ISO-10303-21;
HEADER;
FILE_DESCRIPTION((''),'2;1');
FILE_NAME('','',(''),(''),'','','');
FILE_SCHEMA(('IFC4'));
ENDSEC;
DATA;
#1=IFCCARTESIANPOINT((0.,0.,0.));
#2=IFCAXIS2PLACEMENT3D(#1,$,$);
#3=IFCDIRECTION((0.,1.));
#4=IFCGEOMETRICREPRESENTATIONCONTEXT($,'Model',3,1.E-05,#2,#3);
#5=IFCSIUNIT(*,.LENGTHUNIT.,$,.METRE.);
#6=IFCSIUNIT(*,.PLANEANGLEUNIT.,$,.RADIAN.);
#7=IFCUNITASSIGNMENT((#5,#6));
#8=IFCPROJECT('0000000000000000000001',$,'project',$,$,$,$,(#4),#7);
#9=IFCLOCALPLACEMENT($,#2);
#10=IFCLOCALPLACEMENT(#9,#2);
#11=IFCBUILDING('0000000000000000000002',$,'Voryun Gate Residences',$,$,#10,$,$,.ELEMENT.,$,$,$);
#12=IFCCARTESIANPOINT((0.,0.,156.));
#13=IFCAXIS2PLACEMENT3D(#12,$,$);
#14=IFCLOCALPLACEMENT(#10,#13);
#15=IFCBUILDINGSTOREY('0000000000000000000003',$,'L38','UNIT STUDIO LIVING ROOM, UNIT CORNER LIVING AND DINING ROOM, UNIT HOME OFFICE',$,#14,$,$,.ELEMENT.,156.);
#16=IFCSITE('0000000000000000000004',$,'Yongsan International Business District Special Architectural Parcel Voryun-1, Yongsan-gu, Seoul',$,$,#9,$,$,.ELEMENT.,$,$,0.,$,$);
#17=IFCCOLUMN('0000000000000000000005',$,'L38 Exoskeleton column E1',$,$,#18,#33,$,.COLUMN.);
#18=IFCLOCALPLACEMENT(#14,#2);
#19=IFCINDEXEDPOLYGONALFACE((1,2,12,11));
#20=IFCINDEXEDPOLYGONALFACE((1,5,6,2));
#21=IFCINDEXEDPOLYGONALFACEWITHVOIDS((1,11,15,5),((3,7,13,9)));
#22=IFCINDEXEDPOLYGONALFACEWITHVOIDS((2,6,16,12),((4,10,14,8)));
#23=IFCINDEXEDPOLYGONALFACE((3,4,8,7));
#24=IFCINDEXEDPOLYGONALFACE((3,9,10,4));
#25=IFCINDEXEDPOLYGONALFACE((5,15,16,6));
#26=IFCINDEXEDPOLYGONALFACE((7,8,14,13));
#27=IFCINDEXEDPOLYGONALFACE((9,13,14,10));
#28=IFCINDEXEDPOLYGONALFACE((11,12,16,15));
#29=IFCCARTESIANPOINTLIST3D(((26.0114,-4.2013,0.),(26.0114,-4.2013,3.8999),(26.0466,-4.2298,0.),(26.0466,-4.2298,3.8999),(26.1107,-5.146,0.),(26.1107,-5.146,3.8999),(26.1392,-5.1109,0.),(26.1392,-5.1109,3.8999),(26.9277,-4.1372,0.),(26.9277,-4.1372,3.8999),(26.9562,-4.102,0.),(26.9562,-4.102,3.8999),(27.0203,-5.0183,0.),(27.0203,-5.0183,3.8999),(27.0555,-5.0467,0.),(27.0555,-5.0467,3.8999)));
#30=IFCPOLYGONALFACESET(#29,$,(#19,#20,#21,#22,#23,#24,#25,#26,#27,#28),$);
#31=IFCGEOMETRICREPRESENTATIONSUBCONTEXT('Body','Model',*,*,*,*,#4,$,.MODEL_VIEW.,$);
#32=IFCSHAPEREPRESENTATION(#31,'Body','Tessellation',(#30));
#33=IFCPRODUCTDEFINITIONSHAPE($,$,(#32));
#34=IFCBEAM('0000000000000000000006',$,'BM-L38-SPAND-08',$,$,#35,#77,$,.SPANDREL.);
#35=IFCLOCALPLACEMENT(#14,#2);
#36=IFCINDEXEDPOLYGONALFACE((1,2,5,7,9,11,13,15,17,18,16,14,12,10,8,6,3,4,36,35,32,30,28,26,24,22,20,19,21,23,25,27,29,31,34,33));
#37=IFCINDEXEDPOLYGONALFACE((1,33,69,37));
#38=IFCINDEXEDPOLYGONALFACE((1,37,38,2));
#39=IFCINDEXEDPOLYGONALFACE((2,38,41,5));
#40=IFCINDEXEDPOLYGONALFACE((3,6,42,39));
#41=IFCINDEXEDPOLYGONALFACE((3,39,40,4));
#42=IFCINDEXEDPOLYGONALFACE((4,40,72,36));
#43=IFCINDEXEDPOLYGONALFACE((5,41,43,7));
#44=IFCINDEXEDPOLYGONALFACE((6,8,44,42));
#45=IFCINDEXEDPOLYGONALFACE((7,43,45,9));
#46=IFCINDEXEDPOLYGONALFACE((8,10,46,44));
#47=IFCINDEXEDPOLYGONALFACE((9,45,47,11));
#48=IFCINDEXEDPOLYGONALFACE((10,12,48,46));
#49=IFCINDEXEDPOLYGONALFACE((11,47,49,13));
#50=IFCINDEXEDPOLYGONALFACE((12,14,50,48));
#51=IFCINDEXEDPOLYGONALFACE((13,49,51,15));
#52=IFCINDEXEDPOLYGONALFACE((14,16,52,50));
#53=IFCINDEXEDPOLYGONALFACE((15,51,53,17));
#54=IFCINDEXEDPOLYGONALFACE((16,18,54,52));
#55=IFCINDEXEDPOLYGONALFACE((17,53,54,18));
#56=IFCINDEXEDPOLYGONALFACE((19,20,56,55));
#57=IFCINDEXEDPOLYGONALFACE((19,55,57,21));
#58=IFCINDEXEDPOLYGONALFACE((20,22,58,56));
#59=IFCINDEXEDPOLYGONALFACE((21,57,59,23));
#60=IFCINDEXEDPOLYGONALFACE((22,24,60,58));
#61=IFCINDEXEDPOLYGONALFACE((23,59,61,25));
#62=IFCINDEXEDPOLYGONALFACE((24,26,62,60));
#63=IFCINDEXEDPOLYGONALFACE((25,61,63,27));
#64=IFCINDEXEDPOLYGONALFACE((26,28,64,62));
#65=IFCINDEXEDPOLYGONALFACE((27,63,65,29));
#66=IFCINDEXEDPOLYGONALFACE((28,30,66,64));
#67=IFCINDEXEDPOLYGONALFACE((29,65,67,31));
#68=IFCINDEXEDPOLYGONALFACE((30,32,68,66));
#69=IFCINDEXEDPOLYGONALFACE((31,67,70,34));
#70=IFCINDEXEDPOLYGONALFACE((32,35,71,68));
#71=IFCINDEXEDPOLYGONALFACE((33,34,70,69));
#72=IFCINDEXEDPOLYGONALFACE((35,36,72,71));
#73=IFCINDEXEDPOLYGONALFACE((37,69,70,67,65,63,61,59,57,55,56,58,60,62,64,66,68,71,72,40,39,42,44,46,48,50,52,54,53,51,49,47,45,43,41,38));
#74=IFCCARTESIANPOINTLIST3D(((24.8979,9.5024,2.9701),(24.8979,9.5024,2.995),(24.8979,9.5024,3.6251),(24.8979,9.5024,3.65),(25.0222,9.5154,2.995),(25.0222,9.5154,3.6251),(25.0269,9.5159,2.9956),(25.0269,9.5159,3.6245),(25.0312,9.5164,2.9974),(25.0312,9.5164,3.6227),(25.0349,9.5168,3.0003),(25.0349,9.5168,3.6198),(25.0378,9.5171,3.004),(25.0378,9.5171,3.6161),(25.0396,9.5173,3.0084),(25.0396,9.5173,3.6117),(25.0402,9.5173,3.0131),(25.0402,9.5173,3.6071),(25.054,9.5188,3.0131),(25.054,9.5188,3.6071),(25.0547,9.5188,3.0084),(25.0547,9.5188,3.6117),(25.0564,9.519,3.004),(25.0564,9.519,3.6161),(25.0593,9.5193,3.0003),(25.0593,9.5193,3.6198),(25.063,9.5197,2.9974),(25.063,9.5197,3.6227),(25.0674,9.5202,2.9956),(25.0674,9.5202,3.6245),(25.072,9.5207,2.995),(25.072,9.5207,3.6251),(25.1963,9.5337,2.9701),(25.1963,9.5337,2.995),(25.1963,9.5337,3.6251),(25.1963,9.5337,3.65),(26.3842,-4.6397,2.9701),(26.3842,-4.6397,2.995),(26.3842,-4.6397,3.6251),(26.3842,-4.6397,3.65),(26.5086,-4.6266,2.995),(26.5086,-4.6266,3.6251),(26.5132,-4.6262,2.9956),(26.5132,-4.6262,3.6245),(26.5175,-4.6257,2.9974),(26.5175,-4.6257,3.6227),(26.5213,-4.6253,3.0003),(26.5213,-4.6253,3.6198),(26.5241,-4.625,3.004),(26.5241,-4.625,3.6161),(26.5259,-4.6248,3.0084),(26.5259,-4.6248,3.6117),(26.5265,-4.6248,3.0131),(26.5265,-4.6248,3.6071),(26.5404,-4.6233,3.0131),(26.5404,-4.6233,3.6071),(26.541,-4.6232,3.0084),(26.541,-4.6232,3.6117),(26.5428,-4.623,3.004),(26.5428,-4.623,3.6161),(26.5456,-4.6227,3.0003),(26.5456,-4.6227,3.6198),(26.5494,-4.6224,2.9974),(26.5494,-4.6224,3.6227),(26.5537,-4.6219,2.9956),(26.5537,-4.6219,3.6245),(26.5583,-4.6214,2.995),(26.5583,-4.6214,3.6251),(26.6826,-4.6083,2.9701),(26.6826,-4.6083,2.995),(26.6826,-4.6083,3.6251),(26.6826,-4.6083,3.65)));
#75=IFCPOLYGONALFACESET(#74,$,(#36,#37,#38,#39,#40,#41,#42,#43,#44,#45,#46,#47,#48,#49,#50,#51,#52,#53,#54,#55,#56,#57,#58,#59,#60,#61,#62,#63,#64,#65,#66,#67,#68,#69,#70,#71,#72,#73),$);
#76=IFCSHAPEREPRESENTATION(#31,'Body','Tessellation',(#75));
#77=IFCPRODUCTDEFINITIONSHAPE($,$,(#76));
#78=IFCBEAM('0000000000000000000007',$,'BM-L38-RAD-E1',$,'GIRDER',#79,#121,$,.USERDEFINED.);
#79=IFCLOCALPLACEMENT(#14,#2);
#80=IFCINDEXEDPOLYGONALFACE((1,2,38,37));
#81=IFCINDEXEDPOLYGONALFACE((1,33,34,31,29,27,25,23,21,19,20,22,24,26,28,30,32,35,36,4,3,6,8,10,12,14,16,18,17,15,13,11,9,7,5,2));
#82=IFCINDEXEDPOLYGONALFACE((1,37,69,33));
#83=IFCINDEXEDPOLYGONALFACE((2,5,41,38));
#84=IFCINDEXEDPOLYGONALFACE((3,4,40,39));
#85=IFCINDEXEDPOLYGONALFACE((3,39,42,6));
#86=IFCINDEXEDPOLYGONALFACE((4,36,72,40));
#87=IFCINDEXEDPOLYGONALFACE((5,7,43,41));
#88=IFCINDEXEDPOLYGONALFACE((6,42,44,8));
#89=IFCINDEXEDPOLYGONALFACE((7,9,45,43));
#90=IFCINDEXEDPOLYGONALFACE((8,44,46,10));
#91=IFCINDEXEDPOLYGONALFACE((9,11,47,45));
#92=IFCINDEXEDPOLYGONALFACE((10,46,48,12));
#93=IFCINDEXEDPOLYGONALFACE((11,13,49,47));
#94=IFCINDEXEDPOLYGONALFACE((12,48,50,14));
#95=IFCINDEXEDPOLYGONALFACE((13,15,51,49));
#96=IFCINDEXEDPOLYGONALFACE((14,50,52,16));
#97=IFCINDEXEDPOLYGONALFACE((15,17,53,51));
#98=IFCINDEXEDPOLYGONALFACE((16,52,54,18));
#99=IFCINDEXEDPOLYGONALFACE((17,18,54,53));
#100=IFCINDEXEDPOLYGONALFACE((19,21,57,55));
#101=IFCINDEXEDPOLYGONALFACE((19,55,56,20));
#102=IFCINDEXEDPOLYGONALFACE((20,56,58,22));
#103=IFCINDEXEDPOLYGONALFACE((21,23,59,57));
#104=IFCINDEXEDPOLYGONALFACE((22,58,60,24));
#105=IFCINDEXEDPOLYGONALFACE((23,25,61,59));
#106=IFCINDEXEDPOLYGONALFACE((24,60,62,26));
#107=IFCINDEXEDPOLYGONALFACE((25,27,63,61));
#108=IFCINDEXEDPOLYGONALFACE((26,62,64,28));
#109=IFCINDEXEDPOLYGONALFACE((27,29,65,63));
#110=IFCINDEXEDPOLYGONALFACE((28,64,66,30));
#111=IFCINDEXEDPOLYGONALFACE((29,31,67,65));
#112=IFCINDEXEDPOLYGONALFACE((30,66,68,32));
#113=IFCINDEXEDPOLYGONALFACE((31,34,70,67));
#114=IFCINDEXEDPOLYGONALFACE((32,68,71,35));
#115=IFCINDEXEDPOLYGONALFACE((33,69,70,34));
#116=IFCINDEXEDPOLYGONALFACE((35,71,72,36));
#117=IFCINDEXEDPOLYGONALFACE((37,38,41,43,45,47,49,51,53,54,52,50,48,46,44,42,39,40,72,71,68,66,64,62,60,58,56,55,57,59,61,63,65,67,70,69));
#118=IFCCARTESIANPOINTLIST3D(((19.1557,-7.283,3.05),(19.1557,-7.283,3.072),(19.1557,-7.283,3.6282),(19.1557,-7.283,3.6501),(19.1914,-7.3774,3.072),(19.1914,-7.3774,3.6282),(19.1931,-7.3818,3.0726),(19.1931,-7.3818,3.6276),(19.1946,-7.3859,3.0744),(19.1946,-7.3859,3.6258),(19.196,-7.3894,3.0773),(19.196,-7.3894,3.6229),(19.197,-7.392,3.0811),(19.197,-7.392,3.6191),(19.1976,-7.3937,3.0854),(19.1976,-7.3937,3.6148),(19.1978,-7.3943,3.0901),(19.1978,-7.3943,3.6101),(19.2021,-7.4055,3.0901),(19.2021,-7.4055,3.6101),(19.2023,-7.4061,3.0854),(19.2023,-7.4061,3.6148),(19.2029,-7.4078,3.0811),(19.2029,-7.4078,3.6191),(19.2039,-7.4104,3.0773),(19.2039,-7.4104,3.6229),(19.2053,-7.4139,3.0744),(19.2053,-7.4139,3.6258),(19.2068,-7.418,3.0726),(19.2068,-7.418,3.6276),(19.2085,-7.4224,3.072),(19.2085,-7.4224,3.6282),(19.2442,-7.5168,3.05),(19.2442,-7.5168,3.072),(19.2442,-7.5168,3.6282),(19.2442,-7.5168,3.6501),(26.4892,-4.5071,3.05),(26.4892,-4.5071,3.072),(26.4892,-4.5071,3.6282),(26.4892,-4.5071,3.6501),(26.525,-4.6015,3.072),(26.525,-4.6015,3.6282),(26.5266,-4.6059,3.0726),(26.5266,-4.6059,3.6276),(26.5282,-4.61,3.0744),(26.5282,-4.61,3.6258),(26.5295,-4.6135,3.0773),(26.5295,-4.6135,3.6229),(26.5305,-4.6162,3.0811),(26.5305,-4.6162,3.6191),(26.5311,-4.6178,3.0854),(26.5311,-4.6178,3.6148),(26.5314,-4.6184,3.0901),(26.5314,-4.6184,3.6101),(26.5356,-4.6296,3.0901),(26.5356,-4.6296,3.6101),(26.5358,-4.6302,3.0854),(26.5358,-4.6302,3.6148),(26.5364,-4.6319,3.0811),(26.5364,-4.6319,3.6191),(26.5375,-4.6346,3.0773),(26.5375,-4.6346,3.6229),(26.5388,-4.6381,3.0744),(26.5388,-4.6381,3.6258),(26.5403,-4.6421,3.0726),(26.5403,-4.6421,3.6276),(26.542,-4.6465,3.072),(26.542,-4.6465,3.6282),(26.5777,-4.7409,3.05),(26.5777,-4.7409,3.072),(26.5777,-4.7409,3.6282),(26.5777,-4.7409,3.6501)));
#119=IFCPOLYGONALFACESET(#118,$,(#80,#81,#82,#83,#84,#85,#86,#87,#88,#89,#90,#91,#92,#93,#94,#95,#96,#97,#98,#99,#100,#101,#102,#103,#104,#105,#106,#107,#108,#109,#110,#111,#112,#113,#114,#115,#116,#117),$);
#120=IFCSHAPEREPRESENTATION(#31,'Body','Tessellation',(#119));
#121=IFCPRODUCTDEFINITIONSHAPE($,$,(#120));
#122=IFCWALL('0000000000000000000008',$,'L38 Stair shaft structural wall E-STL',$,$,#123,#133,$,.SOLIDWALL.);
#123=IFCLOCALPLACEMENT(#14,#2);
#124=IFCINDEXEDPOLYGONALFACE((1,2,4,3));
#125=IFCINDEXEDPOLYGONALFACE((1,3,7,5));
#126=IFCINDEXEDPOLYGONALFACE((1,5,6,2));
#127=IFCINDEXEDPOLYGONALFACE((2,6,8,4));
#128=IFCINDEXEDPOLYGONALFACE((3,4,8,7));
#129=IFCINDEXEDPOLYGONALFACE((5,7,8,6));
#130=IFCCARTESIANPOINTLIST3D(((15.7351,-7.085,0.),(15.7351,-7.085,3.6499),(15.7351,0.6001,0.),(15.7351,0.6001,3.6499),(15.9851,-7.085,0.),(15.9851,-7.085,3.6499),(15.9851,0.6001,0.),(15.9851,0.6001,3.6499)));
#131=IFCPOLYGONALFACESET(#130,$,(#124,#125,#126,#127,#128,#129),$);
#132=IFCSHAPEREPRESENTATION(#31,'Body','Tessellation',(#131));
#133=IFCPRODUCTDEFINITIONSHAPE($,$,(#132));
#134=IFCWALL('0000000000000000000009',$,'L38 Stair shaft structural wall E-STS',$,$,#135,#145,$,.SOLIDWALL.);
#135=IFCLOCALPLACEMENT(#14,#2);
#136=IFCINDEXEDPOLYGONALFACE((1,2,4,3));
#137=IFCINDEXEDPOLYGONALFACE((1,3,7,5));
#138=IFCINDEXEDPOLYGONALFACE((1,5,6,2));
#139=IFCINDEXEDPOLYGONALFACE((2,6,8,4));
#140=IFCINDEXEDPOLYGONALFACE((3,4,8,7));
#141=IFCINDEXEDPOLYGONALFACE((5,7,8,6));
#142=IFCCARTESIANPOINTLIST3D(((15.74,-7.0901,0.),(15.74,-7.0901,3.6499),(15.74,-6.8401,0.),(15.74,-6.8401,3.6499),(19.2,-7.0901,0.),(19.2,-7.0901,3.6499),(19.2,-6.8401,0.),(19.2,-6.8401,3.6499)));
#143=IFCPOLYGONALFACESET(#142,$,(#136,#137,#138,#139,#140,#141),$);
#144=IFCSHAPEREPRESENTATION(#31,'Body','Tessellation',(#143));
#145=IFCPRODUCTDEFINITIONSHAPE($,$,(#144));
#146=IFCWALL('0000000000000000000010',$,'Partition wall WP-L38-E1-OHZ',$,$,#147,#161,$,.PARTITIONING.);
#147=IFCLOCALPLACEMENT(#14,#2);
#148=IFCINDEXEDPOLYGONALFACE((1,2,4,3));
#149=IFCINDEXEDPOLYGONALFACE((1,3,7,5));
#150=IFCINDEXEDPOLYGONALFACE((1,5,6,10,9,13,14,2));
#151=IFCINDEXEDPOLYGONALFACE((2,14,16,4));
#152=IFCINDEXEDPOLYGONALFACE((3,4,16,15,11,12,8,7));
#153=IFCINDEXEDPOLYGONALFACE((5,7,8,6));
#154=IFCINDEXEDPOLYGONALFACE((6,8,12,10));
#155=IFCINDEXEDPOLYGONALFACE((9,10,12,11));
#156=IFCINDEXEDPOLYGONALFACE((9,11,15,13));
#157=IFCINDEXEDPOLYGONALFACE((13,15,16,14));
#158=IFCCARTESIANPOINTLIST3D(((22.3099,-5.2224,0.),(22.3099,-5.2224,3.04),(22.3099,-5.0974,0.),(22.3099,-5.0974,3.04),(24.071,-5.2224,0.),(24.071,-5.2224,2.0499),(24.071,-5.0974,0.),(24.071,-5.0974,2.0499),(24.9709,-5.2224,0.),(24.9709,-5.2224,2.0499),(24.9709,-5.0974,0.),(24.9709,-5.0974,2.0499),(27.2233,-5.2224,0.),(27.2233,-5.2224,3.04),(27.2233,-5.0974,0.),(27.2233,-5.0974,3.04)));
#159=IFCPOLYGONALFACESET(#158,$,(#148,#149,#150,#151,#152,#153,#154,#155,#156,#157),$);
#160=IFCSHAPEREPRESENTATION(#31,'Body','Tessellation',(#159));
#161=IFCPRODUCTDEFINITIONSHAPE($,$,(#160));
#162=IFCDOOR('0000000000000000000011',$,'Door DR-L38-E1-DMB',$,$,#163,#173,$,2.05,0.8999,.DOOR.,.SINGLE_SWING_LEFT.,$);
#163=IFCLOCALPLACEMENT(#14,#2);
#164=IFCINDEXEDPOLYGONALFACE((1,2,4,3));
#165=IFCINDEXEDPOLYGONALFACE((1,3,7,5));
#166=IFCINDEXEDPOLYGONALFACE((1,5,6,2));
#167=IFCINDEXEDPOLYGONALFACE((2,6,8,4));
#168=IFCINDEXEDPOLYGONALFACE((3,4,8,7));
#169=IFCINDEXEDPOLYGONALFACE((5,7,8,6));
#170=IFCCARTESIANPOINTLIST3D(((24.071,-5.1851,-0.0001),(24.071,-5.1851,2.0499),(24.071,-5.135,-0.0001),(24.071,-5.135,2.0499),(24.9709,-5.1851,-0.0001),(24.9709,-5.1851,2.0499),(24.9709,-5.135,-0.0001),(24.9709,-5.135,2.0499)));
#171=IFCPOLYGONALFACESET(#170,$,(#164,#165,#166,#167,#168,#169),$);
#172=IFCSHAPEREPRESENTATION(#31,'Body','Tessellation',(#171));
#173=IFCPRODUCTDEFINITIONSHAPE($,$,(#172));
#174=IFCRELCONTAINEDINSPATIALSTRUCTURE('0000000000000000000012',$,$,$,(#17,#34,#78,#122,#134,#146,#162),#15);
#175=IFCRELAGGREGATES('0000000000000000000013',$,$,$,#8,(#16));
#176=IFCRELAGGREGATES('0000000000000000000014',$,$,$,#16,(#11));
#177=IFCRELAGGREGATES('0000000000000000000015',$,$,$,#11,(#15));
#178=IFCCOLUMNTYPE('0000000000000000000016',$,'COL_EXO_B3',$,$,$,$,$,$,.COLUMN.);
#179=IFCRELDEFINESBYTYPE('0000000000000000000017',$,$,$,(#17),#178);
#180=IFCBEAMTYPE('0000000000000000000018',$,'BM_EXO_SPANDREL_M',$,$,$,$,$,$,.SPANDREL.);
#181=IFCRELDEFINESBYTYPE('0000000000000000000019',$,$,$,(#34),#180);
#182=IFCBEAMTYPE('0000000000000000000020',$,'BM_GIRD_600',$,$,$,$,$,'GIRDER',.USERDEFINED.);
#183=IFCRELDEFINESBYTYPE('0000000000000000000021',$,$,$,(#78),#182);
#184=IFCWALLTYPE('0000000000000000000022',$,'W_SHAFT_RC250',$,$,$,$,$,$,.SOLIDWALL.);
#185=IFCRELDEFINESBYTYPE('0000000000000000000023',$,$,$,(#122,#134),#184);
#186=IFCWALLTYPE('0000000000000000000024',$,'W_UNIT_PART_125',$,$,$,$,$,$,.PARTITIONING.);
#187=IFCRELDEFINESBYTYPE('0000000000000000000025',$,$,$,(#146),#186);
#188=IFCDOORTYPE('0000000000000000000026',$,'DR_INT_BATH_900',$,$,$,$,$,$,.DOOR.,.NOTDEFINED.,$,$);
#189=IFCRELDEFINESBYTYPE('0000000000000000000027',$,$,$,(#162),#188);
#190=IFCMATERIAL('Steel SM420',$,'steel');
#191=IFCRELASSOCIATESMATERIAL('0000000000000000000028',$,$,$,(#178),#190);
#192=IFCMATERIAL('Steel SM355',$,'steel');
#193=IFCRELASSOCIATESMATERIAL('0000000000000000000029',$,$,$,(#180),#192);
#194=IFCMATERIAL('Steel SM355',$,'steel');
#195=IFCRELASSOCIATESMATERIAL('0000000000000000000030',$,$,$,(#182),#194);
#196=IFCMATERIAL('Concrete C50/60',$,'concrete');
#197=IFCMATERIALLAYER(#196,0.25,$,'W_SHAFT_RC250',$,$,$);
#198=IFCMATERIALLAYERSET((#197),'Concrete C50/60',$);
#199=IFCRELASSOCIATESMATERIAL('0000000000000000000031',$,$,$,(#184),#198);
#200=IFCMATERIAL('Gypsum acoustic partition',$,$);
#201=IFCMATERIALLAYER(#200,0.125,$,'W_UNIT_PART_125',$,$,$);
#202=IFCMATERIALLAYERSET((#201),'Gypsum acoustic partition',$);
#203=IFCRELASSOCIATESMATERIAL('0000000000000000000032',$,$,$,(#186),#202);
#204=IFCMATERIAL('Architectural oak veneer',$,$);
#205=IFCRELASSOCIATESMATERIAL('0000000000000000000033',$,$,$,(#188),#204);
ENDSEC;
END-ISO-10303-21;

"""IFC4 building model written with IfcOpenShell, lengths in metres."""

from ifc_helpers import new_model, si_unit, direction, frame, frame_2d, origin, origin_2d, place, context, subcontext, project, spatial, rectangle, hollow_rectangle, i_section, extrude, material, layer, layer_set, material_profile, profile_set, type_object, element, fill, save


model = new_model("IFC4")

# Units and contexts
model_context = context("Model", 3, precision=1e-05, world=origin(), true_north=direction((0.0, 1.0)))
body_context = subcontext(model_context, "Body", "Model", "MODEL_VIEW")
ifc_project = project(units=[si_unit("LENGTHUNIT", "METRE"), si_unit("PLANEANGLEUNIT", "RADIAN")], contexts=[model_context])

# Site, building, storey
site_placement = place(None, origin())
site = spatial("IfcSite", under=ifc_project, at=site_placement, Name="Yongsan International Business District Special Architectural Parcel Voryun-1, Yongsan-gu, Seoul", CompositionType="ELEMENT", RefElevation=0.0)
building_placement = place(site_placement, origin())
building = spatial("IfcBuilding", under=site, at=building_placement, Name="Voryun Gate Residences", CompositionType="ELEMENT")
storey_placement = place(building_placement, frame((0.0, 0.0, 156.0)))
storey = spatial("IfcBuildingStorey", under=building, at=storey_placement, Name="L38", Description="UNIT STUDIO LIVING ROOM, UNIT CORNER LIVING AND DINING ROOM, UNIT HOME OFFICE", CompositionType="ELEMENT", Elevation=156.0)

# Column
ifc_material_1 = material(Name="Steel SM420", Category="steel")
ifc_material_profile_1 = material_profile(ifc_material_1, hollow_rectangle(XDim=0.95, YDim=0.95, WallThickness=0.032, at=origin_2d()), Name="BOX-950x950x32")
ifc_profile_set_1 = profile_set([ifc_material_profile_1], Name="Steel SM420")
column_type = type_object("IfcColumnType", Name="COL_EXO_B3", PredefinedType="COLUMN", material=ifc_profile_set_1)
column_placement = place(storey_placement, frame((26.5334, -4.624, 0.0), z_axis=(0.0, 0.0, 1.0), x_axis=(0.994522, 0.104528, 0.0)))
element("IfcColumn", 1, at=column_placement, inside=storey, type_object=column_type, Name="L38 Exoskeleton column E1", PredefinedType="COLUMN", context=body_context, shape_type="SweptSolid", body=[
    extrude(hollow_rectangle(XDim=0.95, YDim=0.95, WallThickness=0.032, at=origin_2d()), origin(), (0.0, 0.0, 1.0), 3.8999),
])

# Beams
ifc_material_2 = material(Name="Steel SM355", Category="steel")
ifc_material_profile_2 = material_profile(ifc_material_2, i_section(OverallWidth=0.3, OverallDepth=0.6799, WebThickness=0.0139, FlangeThickness=0.0249, FilletRadius=0.0181, at=origin_2d()), Name="H-680x300x14x25")
ifc_profile_set_2 = profile_set([ifc_material_profile_2], Name="Steel SM355")
beam_type_1 = type_object("IfcBeamType", Name="BM_EXO_SPANDREL_M", PredefinedType="SPANDREL", material=ifc_profile_set_2)
beam_1_placement = place(storey_placement, frame((26.5334, -4.624, 3.3101), z_axis=(-0.104524, 0.994522, 0.0), x_axis=(-0.994522, -0.104524, 0.0)))
element("IfcBeam", 2, at=beam_1_placement, inside=storey, type_object=beam_type_1, Name="BM-L38-SPAND-08", PredefinedType="SPANDREL", context=body_context, shape_type="SweptSolid", body=[
    extrude(i_section(OverallWidth=0.3, OverallDepth=0.6799, WebThickness=0.0139, FlangeThickness=0.0249, FilletRadius=0.0181, at=origin_2d()), origin(), (0.0, 0.0, 1.0), 14.22),
])
ifc_material_3 = material(Name="Steel SM355", Category="steel")
ifc_material_profile_3 = material_profile(ifc_material_3, i_section(OverallWidth=0.25, OverallDepth=0.6001, WebThickness=0.012, FlangeThickness=0.022, FilletRadius=0.0181, at=origin_2d()), Name="H-600x250x12x22")
ifc_profile_set_3 = profile_set([ifc_material_profile_3], Name="Steel SM355")
beam_type_2 = type_object("IfcBeamType", Name="BM_GIRD_600", ElementType="GIRDER", PredefinedType="USERDEFINED", material=ifc_profile_set_3)
beam_2_placement = place(storey_placement, frame((19.2, -7.3999, 3.3501), z_axis=(0.935242, 0.354008, 0.0), x_axis=(-0.354008, 0.935242, 0.0)))
element("IfcBeam", 3, at=beam_2_placement, inside=storey, type_object=beam_type_2, Name="BM-L38-RAD-E1", ObjectType="GIRDER", PredefinedType="USERDEFINED", context=body_context, shape_type="SweptSolid", body=[
    extrude(i_section(OverallWidth=0.25, OverallDepth=0.6001, WebThickness=0.012, FlangeThickness=0.022, FilletRadius=0.0181, at=origin_2d()), origin(), (0.0, 0.0, 1.0), 7.8413),
])

# Walls
ifc_material_4 = material(Name="Concrete C50/60", Category="concrete")
ifc_layer_1 = layer(ifc_material_4, 0.25, Name="W_SHAFT_RC250")
ifc_layer_set_1 = layer_set([ifc_layer_1], Name="Concrete C50/60")
wall_type_1 = type_object("IfcWallType", Name="W_SHAFT_RC250", PredefinedType="SOLIDWALL", material=ifc_layer_set_1)
wall_1_placement = place(storey_placement, frame((15.8601, -7.085, 0.0), z_axis=(0.0, 0.0, 1.0), x_axis=(0.0, 1.0, 0.0)))
element("IfcWall", 4, at=wall_1_placement, inside=storey, type_object=wall_type_1, Name="L38 Stair shaft structural wall E-STL", PredefinedType="SOLIDWALL", context=body_context, shape_type="SweptSolid", body=[
    extrude(rectangle(XDim=7.6851, YDim=0.25, at=frame_2d((3.8425, 0.0))), origin(), (0.0, 0.0, 1.0), 3.6499),
])
wall_2_placement = place(storey_placement, frame((15.74, -6.9651, 0.0), z_axis=(0.0, 0.0, 1.0), x_axis=(1.0, 0.0, 0.0)))
element("IfcWall", 5, at=wall_2_placement, inside=storey, type_object=wall_type_1, Name="L38 Stair shaft structural wall E-STS", PredefinedType="SOLIDWALL", context=body_context, shape_type="SweptSolid", body=[
    extrude(rectangle(XDim=3.46, YDim=0.25, at=frame_2d((1.73, 0.0))), origin(), (0.0, 0.0, 1.0), 3.6499),
])

# Wall, opening, door
ifc_material_5 = material(Name="Gypsum acoustic partition")
ifc_layer_2 = layer(ifc_material_5, 0.125, Name="W_UNIT_PART_125")
ifc_layer_set_2 = layer_set([ifc_layer_2], Name="Gypsum acoustic partition")
wall_type_2 = type_object("IfcWallType", Name="W_UNIT_PART_125", PredefinedType="PARTITIONING", material=ifc_layer_set_2)
wall_3_placement = place(storey_placement, frame((22.3101, -5.1599, 0.0), z_axis=(0.0, 0.0, 1.0), x_axis=(1.0, 0.0, 0.0)))
wall_3 = element("IfcWall", 6, at=wall_3_placement, inside=storey, type_object=wall_type_2, Name="Partition wall WP-L38-E1-OHZ", PredefinedType="PARTITIONING", context=body_context, shape_type="SweptSolid", body=[
    extrude(rectangle(XDim=4.9133, YDim=0.125, at=frame_2d((2.4565, 0.0))), origin(), (0.0, 0.0, 1.0), 3.04),
])
opening_1_placement = place(wall_3_placement, frame((1.761, 0.0, 0.0)))
opening_1 = element("IfcOpeningElement", 7, at=opening_1_placement, cuts=wall_3, PredefinedType="OPENING", context=body_context, shape_type="SweptSolid", body=[
    extrude(rectangle(XDim=0.8999, YDim=2.05, at=frame_2d((0.45, 1.0249))), frame((0.0, 0.0725, 0.0), z_axis=(0.0, -1.0, 0.0), x_axis=(1.0, 0.0, 0.0)), (0.0, 0.0, 1.0), 0.145),
])
ifc_material_6 = material(Name="Architectural oak veneer")
door_type = type_object("IfcDoorType", Name="DR_INT_BATH_900", OperationType="NOTDEFINED", PredefinedType="DOOR", material=ifc_material_6)
door_1_placement = place(opening_1_placement, origin())
door_1 = element("IfcDoor", 8, at=door_1_placement, inside=storey, type_object=door_type, Name="Door DR-L38-E1-DMB", OperationType="SINGLE_SWING_LEFT", OverallHeight=2.05, OverallWidth=0.8999, PredefinedType="DOOR", context=body_context, shape_type="SweptSolid", body=[
    extrude(rectangle(XDim=0.8999, YDim=2.05, at=frame_2d((0.45, 1.0249))), frame((0.0, 0.0249, 0.0), z_axis=(0.0, -1.0, 0.0), x_axis=(1.0, 0.0, 0.0)), (0.0, 0.0, 1.0), 0.05),
])
fill(opening_1, door_1)

save(model, "model.ifc")
